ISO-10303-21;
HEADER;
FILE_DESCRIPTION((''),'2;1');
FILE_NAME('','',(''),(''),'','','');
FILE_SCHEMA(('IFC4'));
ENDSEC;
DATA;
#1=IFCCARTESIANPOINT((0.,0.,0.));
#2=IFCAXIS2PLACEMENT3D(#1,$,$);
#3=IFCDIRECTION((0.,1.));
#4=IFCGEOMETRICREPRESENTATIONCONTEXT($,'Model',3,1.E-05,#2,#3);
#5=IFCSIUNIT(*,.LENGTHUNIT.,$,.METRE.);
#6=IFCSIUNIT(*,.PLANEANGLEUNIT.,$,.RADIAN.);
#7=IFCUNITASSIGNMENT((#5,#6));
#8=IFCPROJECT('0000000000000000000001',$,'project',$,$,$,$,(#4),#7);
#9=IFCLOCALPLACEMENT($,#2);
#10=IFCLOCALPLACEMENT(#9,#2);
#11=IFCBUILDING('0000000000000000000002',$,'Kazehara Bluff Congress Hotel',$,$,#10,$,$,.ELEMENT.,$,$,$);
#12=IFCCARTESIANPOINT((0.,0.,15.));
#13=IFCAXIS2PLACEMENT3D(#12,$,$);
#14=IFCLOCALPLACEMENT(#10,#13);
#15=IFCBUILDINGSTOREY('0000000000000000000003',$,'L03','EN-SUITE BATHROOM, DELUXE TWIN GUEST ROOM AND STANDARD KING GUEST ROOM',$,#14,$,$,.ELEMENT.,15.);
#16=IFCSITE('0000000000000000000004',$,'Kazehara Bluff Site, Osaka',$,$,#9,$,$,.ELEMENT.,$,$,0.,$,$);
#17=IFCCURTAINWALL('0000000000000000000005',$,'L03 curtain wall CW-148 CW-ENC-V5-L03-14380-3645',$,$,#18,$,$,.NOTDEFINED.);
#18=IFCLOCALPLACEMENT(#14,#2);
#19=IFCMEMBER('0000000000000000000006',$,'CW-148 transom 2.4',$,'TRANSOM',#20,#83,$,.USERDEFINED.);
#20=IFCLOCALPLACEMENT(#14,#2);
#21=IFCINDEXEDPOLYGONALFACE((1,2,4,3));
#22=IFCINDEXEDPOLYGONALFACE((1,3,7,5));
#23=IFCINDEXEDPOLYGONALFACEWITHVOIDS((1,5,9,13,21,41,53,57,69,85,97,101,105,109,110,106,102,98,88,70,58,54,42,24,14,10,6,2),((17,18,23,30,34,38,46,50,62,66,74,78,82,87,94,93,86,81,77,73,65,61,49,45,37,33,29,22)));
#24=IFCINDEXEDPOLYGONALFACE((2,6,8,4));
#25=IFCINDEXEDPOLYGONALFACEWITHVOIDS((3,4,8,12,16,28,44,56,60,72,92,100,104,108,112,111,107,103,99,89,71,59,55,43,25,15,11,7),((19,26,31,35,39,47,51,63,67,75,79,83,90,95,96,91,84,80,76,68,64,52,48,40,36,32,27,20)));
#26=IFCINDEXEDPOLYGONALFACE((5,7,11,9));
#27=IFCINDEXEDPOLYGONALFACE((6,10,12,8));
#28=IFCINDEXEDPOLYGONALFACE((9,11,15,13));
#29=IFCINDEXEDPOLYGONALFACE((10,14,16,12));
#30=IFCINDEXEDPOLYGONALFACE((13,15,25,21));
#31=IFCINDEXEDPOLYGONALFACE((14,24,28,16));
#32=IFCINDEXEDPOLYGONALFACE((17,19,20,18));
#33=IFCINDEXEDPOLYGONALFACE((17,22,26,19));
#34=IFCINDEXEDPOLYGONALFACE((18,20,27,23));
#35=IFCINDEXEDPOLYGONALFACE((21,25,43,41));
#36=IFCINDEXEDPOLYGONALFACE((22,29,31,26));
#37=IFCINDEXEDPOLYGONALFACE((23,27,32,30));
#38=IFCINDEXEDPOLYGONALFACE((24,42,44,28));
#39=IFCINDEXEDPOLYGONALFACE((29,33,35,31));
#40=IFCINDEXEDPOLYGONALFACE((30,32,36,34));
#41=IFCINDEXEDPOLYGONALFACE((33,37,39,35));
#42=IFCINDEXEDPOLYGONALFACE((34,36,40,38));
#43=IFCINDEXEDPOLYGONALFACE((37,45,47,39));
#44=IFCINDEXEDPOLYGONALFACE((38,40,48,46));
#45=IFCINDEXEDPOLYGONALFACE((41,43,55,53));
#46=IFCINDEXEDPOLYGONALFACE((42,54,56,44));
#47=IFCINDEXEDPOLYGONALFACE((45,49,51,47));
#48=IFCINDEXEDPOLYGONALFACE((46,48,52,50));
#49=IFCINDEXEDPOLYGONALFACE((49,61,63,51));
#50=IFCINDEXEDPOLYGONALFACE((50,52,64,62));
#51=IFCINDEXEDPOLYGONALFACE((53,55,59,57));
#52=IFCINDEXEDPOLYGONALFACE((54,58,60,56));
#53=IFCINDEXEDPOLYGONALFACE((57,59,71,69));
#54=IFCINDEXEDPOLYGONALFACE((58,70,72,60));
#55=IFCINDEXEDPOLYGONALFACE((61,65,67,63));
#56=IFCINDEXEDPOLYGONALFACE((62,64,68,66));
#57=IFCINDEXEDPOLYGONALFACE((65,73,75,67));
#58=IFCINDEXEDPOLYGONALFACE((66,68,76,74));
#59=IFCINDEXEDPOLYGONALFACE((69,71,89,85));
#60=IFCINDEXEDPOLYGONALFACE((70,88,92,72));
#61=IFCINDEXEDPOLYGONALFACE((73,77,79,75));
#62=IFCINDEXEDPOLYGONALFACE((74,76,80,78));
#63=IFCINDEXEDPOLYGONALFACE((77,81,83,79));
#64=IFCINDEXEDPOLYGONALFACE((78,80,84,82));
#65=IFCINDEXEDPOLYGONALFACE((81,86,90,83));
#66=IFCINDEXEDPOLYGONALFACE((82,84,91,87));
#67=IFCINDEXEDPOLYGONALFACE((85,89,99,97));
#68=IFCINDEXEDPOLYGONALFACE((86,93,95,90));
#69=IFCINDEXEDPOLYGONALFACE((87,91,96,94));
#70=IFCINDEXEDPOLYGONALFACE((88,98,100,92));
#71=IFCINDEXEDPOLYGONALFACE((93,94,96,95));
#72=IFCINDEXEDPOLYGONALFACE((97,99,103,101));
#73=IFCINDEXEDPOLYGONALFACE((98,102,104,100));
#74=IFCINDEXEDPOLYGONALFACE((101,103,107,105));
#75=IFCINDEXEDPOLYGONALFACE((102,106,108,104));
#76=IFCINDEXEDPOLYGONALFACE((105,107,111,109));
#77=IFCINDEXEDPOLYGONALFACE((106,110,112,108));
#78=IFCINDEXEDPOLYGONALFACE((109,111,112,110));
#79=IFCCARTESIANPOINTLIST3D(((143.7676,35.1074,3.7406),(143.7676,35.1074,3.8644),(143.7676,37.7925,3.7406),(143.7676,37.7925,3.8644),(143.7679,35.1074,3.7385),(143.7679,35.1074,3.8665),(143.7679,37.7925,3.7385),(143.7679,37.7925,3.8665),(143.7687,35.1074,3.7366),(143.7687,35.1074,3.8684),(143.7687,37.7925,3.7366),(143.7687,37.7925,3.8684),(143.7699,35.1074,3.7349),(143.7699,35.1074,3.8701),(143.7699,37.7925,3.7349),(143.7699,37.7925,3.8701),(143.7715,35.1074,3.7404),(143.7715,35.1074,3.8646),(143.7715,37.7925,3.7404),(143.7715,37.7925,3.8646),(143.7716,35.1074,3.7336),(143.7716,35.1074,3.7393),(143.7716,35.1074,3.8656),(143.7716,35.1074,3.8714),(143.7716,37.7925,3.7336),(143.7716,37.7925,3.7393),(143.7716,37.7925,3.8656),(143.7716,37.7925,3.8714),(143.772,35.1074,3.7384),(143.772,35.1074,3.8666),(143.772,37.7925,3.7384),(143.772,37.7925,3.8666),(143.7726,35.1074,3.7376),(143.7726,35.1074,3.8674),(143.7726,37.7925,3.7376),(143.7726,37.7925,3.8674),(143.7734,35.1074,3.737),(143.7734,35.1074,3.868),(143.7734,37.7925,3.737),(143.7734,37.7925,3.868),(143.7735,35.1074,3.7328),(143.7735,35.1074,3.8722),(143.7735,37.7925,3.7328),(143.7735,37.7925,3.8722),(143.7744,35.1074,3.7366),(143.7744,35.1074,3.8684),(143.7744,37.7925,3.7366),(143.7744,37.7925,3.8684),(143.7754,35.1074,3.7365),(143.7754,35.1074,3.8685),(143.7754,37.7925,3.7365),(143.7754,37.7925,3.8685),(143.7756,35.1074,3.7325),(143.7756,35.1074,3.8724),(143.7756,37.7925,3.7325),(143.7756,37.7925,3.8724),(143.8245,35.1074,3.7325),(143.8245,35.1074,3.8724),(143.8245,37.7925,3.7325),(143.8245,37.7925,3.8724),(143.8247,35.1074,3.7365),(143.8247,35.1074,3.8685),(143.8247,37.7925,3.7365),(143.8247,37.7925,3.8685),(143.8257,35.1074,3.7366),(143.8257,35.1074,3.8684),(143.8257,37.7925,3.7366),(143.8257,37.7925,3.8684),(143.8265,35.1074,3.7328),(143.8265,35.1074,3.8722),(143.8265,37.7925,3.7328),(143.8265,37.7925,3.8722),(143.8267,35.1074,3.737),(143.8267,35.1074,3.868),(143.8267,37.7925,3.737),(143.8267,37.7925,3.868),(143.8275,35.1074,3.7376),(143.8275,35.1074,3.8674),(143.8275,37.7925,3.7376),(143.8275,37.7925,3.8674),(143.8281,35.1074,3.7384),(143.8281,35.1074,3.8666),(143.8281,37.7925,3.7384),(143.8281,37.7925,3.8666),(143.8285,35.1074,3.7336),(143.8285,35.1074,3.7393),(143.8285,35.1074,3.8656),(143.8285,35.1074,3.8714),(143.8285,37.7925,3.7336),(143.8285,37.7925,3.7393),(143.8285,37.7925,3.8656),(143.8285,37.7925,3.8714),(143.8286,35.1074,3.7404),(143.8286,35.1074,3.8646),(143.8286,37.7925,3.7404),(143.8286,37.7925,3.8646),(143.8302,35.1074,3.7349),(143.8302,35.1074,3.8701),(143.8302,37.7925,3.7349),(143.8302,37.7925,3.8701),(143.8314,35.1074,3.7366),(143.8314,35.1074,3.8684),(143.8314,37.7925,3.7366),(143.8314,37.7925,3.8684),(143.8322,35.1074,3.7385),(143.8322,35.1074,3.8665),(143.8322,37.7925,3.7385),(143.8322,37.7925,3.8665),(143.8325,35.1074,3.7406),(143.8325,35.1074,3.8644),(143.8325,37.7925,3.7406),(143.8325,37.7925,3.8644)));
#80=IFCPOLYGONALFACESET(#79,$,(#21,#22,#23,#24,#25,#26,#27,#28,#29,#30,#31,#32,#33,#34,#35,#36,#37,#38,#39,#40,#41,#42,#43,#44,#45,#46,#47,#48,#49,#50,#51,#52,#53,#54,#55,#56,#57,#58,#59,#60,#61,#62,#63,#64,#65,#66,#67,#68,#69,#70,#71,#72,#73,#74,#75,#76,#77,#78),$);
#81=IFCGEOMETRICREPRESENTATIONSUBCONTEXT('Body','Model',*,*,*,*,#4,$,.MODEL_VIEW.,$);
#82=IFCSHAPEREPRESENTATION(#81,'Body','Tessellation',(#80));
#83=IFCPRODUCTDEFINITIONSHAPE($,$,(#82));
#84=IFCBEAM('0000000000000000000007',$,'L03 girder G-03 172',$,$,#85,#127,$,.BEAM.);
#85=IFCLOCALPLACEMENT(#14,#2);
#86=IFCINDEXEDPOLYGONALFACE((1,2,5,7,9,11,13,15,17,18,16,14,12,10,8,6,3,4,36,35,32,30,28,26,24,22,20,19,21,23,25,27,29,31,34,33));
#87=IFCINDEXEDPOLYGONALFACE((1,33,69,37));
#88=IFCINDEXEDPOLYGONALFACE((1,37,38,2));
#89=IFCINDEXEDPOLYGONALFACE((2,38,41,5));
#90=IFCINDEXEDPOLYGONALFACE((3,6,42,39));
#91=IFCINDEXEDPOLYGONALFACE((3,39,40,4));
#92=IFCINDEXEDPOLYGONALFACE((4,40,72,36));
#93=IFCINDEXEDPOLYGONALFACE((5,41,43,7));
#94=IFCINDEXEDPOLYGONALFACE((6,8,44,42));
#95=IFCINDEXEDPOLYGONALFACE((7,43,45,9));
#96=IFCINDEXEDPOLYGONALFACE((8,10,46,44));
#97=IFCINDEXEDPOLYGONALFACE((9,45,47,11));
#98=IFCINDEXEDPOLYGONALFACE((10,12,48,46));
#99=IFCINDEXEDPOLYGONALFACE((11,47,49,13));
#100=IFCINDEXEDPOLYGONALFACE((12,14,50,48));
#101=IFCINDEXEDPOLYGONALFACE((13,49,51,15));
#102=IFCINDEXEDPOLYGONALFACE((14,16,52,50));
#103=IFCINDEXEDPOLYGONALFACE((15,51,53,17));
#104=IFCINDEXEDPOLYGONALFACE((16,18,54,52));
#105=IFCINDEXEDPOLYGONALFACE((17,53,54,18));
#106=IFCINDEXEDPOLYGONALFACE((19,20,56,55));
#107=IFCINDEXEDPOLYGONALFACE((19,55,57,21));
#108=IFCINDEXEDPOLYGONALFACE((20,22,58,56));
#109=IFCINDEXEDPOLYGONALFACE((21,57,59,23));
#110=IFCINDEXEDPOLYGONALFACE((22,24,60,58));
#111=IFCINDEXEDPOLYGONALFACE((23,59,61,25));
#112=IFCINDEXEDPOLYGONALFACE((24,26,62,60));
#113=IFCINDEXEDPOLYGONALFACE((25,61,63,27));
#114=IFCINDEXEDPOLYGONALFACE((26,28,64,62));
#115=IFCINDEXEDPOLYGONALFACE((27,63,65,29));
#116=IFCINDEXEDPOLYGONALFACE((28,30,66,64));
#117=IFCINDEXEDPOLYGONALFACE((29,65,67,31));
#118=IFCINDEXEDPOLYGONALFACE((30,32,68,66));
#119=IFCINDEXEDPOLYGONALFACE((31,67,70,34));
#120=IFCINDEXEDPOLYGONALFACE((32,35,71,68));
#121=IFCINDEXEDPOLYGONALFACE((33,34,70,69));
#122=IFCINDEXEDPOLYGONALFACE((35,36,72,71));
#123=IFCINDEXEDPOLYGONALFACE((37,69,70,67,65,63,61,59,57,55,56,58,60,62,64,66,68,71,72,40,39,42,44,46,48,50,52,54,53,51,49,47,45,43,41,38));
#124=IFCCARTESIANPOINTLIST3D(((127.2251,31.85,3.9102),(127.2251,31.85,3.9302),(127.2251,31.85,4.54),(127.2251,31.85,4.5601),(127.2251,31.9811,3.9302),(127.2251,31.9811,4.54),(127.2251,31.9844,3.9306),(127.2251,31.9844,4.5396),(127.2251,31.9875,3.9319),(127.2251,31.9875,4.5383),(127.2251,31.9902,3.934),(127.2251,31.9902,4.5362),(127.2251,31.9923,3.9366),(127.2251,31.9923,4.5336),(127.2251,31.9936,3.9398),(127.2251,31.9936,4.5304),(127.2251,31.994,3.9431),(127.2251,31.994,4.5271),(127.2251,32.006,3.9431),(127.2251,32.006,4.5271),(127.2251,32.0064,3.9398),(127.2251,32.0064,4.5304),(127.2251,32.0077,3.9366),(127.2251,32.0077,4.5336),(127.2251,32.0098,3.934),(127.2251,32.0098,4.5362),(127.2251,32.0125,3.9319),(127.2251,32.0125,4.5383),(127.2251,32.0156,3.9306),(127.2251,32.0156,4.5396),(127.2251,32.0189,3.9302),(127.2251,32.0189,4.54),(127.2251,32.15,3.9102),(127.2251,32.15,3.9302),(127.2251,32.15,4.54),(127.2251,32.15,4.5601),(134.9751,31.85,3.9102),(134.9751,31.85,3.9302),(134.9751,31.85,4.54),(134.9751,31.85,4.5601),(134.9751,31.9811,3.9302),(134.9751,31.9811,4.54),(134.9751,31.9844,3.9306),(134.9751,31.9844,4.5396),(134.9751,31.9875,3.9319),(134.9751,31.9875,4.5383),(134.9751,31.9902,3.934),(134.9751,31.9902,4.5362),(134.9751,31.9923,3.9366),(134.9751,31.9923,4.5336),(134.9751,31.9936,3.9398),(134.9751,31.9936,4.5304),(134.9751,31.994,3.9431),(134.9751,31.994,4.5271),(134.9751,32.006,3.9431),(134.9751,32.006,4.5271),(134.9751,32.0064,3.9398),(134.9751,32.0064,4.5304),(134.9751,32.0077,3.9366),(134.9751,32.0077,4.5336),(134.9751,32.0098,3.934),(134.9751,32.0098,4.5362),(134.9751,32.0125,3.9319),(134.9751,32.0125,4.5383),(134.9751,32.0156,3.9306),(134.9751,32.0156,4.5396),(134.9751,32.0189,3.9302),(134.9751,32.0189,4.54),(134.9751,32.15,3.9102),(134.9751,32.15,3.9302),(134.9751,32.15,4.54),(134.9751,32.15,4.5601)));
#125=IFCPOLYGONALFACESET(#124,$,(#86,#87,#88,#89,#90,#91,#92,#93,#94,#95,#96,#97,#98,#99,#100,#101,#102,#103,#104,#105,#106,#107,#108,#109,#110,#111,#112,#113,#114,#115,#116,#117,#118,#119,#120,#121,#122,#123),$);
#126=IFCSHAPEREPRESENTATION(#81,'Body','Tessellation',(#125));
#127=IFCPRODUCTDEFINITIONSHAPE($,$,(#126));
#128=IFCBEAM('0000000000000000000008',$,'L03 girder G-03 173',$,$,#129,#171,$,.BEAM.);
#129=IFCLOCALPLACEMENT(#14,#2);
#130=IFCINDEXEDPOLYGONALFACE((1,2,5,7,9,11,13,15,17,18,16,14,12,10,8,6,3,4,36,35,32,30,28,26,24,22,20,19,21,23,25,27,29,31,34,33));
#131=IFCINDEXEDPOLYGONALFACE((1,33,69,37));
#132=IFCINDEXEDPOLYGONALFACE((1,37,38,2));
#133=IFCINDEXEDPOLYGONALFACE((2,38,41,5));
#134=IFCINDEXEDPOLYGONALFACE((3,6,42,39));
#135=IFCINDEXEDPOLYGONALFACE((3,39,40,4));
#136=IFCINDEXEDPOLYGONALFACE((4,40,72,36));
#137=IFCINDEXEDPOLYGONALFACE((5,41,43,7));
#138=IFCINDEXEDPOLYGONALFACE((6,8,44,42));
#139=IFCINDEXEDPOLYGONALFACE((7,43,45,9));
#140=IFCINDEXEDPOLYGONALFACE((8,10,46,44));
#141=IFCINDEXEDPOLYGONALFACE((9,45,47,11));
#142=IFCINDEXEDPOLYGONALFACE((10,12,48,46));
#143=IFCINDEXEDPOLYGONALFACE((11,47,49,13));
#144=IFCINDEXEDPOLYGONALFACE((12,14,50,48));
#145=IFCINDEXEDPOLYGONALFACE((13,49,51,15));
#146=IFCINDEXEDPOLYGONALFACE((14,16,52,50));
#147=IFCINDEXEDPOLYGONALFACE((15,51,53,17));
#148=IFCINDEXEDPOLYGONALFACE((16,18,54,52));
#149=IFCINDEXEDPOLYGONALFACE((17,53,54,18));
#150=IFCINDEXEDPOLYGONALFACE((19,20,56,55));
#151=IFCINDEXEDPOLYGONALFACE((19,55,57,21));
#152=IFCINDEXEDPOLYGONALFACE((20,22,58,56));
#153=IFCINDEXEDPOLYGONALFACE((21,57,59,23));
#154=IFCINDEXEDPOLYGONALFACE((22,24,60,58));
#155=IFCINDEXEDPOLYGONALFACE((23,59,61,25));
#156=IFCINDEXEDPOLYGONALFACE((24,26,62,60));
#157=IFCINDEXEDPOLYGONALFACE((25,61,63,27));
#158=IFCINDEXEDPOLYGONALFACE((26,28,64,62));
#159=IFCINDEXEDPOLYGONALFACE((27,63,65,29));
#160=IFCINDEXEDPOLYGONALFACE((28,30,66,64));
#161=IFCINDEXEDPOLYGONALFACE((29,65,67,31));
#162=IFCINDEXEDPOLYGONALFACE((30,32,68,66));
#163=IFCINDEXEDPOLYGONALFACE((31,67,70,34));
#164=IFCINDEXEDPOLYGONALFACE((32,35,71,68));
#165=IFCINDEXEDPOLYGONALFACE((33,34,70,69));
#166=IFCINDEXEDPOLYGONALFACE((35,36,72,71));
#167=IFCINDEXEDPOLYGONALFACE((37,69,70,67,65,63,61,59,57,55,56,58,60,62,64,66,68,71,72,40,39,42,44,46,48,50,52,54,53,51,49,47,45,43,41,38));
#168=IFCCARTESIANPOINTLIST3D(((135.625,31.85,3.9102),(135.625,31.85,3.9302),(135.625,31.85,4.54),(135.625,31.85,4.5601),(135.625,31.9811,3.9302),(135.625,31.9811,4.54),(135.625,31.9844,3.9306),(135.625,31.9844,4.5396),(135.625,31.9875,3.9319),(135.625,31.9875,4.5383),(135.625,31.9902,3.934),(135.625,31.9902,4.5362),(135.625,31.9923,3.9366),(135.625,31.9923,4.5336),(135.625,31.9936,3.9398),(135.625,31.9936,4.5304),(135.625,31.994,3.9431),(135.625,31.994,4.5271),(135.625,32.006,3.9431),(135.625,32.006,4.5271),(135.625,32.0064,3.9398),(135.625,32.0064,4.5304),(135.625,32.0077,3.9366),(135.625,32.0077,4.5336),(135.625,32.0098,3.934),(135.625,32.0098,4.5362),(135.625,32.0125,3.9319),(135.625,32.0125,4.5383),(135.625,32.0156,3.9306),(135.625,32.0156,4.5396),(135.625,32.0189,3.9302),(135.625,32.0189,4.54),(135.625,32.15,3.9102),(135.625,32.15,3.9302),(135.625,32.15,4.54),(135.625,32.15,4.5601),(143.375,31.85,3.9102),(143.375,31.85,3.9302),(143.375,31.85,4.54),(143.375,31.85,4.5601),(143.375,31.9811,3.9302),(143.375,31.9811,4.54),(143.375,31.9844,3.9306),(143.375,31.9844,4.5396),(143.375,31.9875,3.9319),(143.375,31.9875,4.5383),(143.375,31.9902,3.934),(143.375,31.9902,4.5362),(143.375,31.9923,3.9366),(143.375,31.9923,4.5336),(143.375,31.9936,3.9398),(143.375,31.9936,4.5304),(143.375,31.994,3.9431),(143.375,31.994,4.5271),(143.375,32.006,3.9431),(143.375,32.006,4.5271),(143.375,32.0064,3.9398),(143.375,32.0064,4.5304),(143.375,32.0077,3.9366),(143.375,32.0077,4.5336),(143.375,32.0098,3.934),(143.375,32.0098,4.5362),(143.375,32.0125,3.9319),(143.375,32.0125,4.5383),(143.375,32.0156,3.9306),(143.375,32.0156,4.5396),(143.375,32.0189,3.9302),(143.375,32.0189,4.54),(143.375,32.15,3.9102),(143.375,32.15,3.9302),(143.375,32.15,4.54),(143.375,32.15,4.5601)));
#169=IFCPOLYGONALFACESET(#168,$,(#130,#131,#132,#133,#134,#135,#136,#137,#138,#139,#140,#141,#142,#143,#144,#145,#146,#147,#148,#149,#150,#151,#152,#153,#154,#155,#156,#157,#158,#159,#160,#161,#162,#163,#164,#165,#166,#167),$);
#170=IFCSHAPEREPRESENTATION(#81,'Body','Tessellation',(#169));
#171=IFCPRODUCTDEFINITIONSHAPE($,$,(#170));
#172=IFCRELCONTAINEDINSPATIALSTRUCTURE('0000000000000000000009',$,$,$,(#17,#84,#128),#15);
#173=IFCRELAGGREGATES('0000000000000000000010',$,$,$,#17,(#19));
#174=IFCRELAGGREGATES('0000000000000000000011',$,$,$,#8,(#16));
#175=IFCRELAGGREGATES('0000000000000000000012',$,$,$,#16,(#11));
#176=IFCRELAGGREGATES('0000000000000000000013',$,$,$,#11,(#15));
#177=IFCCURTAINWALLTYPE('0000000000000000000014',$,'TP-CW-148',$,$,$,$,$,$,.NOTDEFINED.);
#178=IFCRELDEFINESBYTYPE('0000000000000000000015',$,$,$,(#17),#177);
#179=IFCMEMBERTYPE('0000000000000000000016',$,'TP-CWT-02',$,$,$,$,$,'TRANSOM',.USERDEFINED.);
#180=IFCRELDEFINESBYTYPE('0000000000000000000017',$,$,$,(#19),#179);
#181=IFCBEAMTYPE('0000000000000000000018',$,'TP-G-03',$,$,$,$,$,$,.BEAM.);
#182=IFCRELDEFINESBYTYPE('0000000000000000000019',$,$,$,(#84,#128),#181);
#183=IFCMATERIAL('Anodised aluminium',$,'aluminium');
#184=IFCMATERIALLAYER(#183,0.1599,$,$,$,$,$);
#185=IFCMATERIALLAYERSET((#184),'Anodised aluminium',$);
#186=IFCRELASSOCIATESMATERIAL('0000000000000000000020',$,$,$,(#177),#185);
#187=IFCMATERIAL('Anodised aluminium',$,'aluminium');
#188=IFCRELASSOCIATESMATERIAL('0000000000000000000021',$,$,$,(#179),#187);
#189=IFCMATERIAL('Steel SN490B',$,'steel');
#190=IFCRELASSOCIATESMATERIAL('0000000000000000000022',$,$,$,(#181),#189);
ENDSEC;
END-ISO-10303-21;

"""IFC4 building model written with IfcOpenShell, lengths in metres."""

from ifc_helpers import new_model, si_unit, direction, frame, origin, origin_2d, place, context, subcontext, project, spatial, hollow_rectangle, i_section, extrude, material, layer, layer_set, material_profile, profile_set, type_object, element, aggregate, save


model = new_model("IFC4")

# Units and contexts
model_context = context("Model", 3, precision=1e-05, world=origin(), true_north=direction((0.0, 1.0)))
body_context = subcontext(model_context, "Body", "Model", "MODEL_VIEW")
ifc_project = project(units=[si_unit("LENGTHUNIT", "METRE"), si_unit("PLANEANGLEUNIT", "RADIAN")], contexts=[model_context])

# Site, building, storey
site_placement = place(None, origin())
site = spatial("IfcSite", under=ifc_project, at=site_placement, Name="Kazehara Bluff Site, Osaka", CompositionType="ELEMENT", RefElevation=0.0)
building_placement = place(site_placement, origin())
building = spatial("IfcBuilding", under=site, at=building_placement, Name="Kazehara Bluff Congress Hotel", CompositionType="ELEMENT")
storey_placement = place(building_placement, frame((0.0, 0.0, 15.0)))
storey = spatial("IfcBuildingStorey", under=building, at=storey_placement, Name="L03", Description="EN-SUITE BATHROOM, DELUXE TWIN GUEST ROOM AND STANDARD KING GUEST ROOM", CompositionType="ELEMENT", Elevation=15.0)

# Curtain wall, member
ifc_material_1 = material(Name="Anodised aluminium", Category="aluminium")
ifc_layer_1 = layer(ifc_material_1, 0.1599)
ifc_layer_set_1 = layer_set([ifc_layer_1], Name="Anodised aluminium")
curtain_wall_type = type_object("IfcCurtainWallType", Name="TP-CW-148", PredefinedType="NOTDEFINED", material=ifc_layer_set_1)
curtain_wall_placement = place(storey_placement, origin())
curtain_wall = element("IfcCurtainWall", 1, at=curtain_wall_placement, inside=storey, type_object=curtain_wall_type, Name="L03 curtain wall CW-148 CW-ENC-V5-L03-14380-3645", PredefinedType="NOTDEFINED")
ifc_material_2 = material(Name="Anodised aluminium", Category="aluminium")
ifc_material_profile_1 = material_profile(ifc_material_2, hollow_rectangle(XDim=0.0649, YDim=0.1399, WallThickness=0.0039, InnerFilletRadius=0.0039, OuterFilletRadius=0.0081, at=origin_2d()))
ifc_profile_set_1 = profile_set([ifc_material_profile_1], Name="Anodised aluminium")
member_type_1 = type_object("IfcMemberType", Name="TP-CWT-02", ElementType="TRANSOM", PredefinedType="USERDEFINED", material=ifc_profile_set_1)
member_1_placement = place(storey_placement, frame((143.8, 35.1074, 3.8025), z_axis=(0.0, 1.0, 0.0), x_axis=(-1.0, 0.0, 0.0)))
member_1 = element("IfcMember", 2, at=member_1_placement, type_object=member_type_1, Name="CW-148 transom 2.4", ObjectType="TRANSOM", PredefinedType="USERDEFINED", context=body_context, shape_type="SweptSolid", body=[
    extrude(hollow_rectangle(XDim=0.0649, YDim=0.1399, WallThickness=0.0039, InnerFilletRadius=0.0039, OuterFilletRadius=0.0081, at=origin_2d()), origin(), (0.0, 0.0, 1.0), 2.6851),
])

# Beams
ifc_material_3 = material(Name="Steel SN490B", Category="steel")
ifc_material_profile_2 = material_profile(ifc_material_3, i_section(OverallWidth=0.3, OverallDepth=0.6499, WebThickness=0.012, FlangeThickness=0.02, FilletRadius=0.0129, at=origin_2d()))
ifc_profile_set_2 = profile_set([ifc_material_profile_2], Name="Steel SN490B")
beam_type_1 = type_object("IfcBeamType", Name="TP-G-03", PredefinedType="BEAM", material=ifc_profile_set_2)
for number, where, z_axis, x_axis, name in (
    (3, (127.2251, 32.0, 4.2351), (1.0, 0.0, 0.0), (0.0, 1.0, 0.0), "L03 girder G-03 172"),
    (4, (135.625, 32.0, 4.2351), (1.0, 0.0, 0.0), (0.0, 1.0, 0.0), "L03 girder G-03 173"),
):
    element("IfcBeam", number, at=place(storey_placement, frame(where, z_axis=z_axis, x_axis=x_axis)), inside=storey, type_object=beam_type_1, Name=name, PredefinedType="BEAM", context=body_context, shape_type="SweptSolid", body=[
        extrude(i_section(OverallWidth=0.3, OverallDepth=0.6499, WebThickness=0.012, FlangeThickness=0.02, FilletRadius=0.0129, at=origin_2d()), origin(), (0.0, 0.0, 1.0), 7.75),
    ])

aggregate(curtain_wall, [member_1])

save(model, "model.ifc")
